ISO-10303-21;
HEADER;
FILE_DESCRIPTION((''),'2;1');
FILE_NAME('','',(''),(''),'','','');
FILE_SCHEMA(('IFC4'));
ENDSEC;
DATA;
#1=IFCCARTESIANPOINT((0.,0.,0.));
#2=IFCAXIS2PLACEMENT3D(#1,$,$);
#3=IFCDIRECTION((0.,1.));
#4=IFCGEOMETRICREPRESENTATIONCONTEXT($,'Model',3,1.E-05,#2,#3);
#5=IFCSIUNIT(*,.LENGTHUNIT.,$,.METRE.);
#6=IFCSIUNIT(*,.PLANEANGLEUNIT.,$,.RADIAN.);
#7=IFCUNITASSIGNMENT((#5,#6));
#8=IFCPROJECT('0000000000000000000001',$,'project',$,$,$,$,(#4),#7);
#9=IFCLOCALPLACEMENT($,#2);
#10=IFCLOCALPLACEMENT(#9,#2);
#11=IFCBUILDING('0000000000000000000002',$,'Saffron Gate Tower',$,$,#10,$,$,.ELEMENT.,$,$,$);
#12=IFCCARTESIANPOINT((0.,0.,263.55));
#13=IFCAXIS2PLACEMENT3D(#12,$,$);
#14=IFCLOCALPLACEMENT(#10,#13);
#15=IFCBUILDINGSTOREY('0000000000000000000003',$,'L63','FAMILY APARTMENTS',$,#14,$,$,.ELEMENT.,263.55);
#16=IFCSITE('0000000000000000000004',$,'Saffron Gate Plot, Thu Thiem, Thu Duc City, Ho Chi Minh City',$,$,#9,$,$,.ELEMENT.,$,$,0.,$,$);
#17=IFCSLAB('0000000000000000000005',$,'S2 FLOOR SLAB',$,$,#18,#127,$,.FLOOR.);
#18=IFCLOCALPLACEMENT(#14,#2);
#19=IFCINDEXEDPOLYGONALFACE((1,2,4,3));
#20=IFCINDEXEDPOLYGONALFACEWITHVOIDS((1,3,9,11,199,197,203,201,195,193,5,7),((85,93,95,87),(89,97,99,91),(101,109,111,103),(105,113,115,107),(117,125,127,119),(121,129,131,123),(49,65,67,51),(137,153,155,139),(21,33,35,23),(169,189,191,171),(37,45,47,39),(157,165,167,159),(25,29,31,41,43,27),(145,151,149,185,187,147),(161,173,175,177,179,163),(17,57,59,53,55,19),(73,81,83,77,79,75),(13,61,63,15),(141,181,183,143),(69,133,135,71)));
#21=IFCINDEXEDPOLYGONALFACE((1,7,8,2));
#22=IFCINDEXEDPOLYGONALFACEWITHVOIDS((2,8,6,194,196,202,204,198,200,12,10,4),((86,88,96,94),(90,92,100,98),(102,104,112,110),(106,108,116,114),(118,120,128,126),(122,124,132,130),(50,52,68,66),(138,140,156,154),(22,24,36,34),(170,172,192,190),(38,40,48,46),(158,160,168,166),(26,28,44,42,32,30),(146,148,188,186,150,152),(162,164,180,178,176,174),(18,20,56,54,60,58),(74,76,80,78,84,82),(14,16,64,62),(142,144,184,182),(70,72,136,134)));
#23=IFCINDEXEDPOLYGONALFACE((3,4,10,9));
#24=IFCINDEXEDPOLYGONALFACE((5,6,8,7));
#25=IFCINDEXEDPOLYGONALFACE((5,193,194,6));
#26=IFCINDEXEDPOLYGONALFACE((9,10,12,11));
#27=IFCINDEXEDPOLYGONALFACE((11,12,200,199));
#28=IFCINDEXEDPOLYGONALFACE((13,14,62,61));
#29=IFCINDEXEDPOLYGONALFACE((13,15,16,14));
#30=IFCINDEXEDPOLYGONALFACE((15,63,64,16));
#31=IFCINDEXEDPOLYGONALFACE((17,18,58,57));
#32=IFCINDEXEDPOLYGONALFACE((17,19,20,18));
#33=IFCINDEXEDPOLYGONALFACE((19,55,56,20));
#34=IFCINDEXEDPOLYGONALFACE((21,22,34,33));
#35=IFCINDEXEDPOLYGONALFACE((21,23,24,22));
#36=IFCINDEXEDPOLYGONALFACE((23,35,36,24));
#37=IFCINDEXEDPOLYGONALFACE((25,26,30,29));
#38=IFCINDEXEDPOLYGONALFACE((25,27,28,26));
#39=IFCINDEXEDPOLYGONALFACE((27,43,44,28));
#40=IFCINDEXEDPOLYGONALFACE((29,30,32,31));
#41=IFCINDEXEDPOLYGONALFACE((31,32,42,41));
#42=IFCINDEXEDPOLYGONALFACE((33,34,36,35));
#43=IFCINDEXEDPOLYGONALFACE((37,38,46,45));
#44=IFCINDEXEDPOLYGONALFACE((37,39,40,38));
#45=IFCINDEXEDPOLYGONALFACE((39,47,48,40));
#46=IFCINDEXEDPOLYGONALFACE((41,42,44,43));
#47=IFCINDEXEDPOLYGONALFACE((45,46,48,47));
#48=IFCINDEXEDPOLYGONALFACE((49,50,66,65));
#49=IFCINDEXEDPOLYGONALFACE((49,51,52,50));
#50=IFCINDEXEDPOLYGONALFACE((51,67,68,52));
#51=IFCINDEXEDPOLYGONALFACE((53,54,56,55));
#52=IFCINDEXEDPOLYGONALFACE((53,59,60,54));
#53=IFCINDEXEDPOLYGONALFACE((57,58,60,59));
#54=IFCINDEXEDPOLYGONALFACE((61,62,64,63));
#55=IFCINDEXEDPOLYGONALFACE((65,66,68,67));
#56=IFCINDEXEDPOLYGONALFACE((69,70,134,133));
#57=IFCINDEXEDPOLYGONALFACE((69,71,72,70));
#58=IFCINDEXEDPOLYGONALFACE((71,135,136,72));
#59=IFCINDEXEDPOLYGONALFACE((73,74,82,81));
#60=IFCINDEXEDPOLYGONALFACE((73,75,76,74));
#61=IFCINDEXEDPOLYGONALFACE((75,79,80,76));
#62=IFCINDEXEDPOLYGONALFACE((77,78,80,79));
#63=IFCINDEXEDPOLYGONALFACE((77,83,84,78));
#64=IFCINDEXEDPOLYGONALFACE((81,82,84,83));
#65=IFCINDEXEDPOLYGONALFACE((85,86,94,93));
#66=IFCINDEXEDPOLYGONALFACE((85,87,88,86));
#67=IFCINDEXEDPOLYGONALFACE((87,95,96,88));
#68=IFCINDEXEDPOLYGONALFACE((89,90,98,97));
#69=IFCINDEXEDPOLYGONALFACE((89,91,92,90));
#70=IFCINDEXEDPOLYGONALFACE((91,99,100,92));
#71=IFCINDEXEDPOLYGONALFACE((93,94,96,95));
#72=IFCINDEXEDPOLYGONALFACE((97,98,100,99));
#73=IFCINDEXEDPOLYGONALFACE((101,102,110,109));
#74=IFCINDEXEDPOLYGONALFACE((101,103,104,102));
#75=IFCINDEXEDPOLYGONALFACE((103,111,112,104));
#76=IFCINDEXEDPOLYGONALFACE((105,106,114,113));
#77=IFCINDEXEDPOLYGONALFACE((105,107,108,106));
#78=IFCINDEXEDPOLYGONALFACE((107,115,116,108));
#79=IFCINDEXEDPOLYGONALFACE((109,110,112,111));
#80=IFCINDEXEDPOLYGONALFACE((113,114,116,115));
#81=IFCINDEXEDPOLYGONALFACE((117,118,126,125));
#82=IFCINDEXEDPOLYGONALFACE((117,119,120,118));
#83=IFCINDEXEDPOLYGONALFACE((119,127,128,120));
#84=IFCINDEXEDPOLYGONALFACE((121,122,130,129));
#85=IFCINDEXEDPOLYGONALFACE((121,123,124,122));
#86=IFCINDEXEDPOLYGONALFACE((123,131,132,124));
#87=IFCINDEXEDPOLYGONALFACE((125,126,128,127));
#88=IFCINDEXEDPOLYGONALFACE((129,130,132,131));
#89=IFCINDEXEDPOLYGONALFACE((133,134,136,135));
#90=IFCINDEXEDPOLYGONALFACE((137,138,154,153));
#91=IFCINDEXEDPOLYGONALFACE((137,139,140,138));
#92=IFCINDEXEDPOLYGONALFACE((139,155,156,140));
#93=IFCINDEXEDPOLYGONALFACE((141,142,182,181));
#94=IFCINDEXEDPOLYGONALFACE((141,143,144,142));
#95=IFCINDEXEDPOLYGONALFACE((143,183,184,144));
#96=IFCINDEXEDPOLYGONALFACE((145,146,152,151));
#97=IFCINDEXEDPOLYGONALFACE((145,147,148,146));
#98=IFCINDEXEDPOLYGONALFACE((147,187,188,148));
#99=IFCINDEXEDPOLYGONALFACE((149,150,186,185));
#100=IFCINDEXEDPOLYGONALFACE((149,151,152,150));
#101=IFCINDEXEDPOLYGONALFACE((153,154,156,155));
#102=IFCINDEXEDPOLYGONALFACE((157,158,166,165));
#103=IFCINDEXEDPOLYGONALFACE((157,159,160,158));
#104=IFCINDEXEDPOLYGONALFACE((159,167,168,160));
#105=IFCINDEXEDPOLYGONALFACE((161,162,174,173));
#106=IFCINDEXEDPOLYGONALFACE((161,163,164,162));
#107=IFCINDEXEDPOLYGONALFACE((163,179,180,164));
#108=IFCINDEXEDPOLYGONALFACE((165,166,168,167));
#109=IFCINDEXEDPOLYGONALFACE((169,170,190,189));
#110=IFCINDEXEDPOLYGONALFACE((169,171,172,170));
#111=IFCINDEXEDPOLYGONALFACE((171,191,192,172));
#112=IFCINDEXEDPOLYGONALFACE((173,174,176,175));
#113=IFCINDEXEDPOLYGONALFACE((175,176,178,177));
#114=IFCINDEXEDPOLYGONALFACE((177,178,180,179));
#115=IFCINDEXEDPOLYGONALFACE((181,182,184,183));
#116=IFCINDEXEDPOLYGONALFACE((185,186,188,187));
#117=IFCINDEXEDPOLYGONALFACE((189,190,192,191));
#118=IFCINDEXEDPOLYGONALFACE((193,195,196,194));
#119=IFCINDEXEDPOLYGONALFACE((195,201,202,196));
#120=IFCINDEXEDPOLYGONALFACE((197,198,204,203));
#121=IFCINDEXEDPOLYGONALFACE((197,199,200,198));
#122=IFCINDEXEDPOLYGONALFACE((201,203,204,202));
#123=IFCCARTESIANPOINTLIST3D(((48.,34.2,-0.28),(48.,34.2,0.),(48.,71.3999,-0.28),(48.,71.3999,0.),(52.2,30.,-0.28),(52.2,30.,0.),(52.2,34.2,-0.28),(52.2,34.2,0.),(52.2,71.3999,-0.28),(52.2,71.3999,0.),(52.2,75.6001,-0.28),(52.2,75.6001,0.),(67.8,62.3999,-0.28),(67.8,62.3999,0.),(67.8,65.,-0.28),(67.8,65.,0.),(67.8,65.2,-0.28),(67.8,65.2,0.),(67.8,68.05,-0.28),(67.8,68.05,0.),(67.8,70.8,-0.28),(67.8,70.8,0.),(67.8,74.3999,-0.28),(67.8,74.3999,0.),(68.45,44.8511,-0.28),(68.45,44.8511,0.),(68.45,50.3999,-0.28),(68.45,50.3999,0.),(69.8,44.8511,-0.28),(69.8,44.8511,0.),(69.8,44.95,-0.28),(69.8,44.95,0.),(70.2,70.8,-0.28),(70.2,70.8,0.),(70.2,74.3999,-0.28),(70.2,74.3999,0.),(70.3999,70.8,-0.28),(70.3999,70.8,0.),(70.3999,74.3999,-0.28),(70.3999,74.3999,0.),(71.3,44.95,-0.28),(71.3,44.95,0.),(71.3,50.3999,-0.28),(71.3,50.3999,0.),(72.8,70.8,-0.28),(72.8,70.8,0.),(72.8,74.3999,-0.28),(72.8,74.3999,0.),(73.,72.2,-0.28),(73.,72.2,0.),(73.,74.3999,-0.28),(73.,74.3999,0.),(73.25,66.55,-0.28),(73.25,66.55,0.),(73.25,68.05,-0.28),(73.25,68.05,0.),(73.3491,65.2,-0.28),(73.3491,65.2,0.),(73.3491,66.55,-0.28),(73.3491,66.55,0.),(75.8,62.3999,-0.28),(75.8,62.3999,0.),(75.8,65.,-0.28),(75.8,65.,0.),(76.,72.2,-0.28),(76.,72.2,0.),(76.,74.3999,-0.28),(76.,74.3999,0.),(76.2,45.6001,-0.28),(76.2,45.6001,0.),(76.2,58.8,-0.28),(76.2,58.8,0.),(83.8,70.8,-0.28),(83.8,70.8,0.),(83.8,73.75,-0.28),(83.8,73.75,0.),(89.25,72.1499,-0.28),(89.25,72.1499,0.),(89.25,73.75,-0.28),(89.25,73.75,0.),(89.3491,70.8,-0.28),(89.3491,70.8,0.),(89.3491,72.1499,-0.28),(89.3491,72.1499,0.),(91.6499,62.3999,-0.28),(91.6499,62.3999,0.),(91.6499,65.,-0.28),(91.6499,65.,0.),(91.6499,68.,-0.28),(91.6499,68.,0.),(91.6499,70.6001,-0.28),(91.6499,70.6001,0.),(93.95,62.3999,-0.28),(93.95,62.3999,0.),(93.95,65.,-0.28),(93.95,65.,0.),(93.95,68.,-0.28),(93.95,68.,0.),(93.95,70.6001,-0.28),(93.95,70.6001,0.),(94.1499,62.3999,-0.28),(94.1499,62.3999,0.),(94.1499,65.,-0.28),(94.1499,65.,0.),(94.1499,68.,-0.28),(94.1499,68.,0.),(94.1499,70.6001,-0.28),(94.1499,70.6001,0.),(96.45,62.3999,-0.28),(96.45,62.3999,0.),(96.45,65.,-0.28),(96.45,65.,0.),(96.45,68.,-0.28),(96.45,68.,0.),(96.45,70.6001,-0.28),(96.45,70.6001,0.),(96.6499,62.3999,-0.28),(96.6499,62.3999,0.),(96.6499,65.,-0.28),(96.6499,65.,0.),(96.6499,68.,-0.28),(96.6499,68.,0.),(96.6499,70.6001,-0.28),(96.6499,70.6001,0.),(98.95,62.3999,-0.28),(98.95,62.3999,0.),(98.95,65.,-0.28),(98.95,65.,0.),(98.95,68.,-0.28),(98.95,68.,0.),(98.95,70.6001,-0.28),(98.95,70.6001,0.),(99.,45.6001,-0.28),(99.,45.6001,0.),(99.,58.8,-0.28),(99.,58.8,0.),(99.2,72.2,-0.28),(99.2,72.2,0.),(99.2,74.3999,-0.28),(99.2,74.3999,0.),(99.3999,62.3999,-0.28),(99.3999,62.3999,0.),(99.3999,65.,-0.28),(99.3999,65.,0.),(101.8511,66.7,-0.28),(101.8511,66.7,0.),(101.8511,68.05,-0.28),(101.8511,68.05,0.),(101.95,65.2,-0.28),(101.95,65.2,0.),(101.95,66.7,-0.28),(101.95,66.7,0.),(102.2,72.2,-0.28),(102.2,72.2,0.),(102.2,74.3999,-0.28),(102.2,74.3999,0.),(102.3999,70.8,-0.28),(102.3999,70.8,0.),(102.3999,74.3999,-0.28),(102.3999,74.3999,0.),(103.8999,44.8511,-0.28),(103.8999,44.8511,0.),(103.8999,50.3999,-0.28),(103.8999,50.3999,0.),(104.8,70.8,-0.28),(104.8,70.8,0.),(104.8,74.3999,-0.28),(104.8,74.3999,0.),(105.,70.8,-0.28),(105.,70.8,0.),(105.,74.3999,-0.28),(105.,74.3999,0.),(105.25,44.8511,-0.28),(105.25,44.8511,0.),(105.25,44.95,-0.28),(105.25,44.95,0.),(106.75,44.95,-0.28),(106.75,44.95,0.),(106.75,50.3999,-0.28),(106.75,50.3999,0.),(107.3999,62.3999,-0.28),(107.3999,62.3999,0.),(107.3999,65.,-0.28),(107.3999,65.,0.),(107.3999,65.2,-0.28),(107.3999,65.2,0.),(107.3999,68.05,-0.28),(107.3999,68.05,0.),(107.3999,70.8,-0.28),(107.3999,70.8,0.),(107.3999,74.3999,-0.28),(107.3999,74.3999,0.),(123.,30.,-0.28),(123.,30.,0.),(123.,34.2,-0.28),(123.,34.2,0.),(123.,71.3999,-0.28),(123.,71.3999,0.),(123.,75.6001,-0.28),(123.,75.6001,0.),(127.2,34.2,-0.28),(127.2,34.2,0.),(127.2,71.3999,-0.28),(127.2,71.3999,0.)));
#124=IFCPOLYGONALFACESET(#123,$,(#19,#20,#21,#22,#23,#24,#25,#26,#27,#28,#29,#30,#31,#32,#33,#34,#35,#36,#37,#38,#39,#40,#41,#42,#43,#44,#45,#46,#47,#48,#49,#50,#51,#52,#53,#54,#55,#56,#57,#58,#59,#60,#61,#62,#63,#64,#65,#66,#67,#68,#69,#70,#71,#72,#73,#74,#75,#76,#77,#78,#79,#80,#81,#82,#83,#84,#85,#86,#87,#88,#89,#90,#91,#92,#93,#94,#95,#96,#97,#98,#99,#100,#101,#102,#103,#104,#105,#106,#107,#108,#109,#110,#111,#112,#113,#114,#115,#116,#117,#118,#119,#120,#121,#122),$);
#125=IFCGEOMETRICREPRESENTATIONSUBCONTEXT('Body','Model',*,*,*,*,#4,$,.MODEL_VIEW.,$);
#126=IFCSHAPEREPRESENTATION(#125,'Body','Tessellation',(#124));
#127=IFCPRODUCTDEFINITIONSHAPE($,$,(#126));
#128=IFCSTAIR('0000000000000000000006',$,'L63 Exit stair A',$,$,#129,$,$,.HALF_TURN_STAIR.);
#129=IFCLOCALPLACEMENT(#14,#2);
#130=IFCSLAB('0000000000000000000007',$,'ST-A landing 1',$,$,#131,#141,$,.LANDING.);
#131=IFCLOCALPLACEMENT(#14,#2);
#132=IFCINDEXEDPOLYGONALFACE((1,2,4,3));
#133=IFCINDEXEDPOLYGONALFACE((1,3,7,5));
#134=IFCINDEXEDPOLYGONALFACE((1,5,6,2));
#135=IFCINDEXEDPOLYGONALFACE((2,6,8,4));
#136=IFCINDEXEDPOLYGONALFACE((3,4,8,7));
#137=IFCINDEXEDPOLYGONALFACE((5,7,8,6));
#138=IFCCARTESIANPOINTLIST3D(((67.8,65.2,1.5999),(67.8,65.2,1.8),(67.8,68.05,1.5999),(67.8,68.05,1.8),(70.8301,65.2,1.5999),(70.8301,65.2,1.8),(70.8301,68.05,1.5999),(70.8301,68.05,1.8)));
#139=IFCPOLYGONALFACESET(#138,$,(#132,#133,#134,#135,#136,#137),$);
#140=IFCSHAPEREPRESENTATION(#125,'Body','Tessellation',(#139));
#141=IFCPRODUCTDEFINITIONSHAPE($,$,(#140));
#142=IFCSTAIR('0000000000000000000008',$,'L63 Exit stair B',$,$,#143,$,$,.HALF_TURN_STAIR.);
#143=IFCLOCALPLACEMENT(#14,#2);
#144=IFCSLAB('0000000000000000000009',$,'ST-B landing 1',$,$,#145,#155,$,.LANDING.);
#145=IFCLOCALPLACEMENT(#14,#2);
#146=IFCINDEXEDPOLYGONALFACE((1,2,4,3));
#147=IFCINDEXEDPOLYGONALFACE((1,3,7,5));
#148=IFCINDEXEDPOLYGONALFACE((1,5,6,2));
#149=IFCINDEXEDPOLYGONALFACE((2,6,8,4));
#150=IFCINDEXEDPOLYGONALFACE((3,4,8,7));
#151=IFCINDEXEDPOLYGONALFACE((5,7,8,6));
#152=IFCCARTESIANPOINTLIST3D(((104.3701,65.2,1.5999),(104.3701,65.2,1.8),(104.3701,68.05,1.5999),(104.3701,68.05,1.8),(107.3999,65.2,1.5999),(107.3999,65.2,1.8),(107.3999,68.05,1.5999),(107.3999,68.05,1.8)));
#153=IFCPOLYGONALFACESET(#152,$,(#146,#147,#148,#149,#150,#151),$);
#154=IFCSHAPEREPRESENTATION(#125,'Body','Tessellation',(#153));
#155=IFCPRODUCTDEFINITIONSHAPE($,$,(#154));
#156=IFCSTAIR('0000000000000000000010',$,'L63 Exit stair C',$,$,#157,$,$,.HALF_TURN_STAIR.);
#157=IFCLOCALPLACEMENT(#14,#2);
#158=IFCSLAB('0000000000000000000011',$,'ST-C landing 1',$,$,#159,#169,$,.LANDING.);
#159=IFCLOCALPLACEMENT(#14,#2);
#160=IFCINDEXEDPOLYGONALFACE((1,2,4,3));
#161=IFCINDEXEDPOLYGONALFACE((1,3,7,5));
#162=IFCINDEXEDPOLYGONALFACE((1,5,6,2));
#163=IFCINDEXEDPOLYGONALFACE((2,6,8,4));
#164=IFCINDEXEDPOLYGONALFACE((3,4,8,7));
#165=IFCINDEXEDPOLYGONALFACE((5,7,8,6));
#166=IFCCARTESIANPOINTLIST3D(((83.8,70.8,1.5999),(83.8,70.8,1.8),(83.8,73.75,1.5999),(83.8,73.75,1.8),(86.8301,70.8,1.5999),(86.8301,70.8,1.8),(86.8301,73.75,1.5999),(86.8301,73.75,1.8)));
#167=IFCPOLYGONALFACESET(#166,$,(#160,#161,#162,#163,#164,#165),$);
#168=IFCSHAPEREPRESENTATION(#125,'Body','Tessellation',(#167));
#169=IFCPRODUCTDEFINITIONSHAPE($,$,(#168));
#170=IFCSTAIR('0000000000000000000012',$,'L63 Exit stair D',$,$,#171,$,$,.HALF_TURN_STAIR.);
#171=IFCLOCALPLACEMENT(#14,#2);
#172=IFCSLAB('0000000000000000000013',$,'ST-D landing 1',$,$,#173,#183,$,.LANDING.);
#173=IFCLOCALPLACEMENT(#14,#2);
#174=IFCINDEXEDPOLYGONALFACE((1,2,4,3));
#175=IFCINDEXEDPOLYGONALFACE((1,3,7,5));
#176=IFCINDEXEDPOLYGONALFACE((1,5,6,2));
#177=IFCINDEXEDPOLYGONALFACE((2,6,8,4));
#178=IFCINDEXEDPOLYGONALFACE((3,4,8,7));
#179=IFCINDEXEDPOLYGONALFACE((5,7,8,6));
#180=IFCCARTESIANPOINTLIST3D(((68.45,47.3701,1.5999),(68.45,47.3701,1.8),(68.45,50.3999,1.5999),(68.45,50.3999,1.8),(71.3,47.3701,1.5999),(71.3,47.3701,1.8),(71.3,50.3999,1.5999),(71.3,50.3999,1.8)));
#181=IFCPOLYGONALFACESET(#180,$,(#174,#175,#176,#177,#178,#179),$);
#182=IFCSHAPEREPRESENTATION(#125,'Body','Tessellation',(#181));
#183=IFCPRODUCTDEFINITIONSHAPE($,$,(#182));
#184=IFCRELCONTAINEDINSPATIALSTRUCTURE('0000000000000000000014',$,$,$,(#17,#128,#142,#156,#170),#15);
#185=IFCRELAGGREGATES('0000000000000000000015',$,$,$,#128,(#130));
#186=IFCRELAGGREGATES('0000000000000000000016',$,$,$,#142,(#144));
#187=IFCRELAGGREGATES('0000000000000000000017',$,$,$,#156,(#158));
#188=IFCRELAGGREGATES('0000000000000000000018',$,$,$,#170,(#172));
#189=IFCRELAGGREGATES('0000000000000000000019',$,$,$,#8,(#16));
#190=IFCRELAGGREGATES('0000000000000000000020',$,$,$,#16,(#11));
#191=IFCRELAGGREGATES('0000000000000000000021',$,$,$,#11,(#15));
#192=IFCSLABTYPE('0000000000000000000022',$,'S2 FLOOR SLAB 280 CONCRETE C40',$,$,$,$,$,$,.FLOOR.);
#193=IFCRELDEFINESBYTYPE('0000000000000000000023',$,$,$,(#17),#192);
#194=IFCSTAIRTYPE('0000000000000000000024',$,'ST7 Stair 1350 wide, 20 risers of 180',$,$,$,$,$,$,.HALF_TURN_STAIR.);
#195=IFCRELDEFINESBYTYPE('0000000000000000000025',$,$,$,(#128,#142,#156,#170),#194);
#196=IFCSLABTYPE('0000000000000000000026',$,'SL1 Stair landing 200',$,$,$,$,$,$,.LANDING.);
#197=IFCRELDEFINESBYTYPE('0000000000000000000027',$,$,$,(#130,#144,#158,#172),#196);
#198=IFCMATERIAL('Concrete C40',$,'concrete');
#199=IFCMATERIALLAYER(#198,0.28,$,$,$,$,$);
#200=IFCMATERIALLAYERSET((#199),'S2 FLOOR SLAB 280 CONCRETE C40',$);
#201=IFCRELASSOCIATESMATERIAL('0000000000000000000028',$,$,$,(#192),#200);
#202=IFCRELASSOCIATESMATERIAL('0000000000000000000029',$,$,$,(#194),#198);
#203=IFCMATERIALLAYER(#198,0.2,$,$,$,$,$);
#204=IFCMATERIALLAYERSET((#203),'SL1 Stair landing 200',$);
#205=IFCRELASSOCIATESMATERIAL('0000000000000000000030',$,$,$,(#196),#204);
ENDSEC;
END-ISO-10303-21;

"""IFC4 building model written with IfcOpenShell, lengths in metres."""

from ifc_helpers import new_model, si_unit, direction, frame, origin, place, context, subcontext, project, spatial, polyline, outline, extrude, material, layer, layer_set, type_object, element, aggregate, save


model = new_model("IFC4")

# Units and contexts
model_context = context("Model", 3, precision=1e-05, world=origin(), true_north=direction((0.0, 1.0)))
body_context = subcontext(model_context, "Body", "Model", "MODEL_VIEW")
ifc_project = project(units=[si_unit("LENGTHUNIT", "METRE"), si_unit("PLANEANGLEUNIT", "RADIAN")], contexts=[model_context])

# Site, building, storey
site_placement = place(None, origin())
site = spatial("IfcSite", under=ifc_project, at=site_placement, Name="Saffron Gate Plot, Thu Thiem, Thu Duc City, Ho Chi Minh City", CompositionType="ELEMENT", RefElevation=0.0)
building_placement = place(site_placement, origin())
building = spatial("IfcBuilding", under=site, at=building_placement, Name="Saffron Gate Tower", CompositionType="ELEMENT")
storey_placement = place(building_placement, frame((0.0, 0.0, 263.55)))
storey = spatial("IfcBuildingStorey", under=building, at=storey_placement, Name="L63", Description="FAMILY APARTMENTS", CompositionType="ELEMENT", Elevation=263.55)

# Slab
ifc_material_1 = material(Name="Concrete C40", Category="concrete")
ifc_layer_1 = layer(ifc_material_1, 0.28)
ifc_layer_set_1 = layer_set([ifc_layer_1], Name="S2 FLOOR SLAB 280 CONCRETE C40")
slab_type_1 = type_object("IfcSlabType", Name="S2 FLOOR SLAB 280 CONCRETE C40", PredefinedType="FLOOR", material=ifc_layer_set_1)
slab_1_placement = place(storey_placement, frame((0.0, 0.0, -0.28)))
element("IfcSlab", 1, at=slab_1_placement, inside=storey, type_object=slab_type_1, Name="S2 FLOOR SLAB", PredefinedType="FLOOR", context=body_context, shape_type="SweptSolid", body=[
    extrude(outline(polyline([(48.0, 34.2), (52.2, 34.2), (52.2, 30.0), (123.0, 30.0), (123.0, 34.2), (127.2, 34.2), (127.2, 71.3999), (123.0, 71.3999), (123.0, 75.6001), (52.2, 75.6001), (52.2, 71.3999), (48.0, 71.3999), (48.0, 34.2)]), holes=[polyline([(67.8, 62.3999), (67.8, 65.0), (75.8, 65.0), (75.8, 62.3999), (67.8, 62.3999)]), polyline([(67.8, 65.2), (67.8, 68.05), (73.25, 68.05), (73.25, 66.55), (73.3491, 66.55), (73.3491, 65.2), (67.8, 65.2)]), polyline([(67.8, 70.8), (67.8, 74.3999), (70.2, 74.3999), (70.2, 70.8), (67.8, 70.8)]), polyline([(68.45, 44.8511), (68.45, 50.3999), (71.3, 50.3999), (71.3, 44.95), (69.8, 44.95), (69.8, 44.8511), (68.45, 44.8511)]), polyline([(70.3999, 70.8), (70.3999, 74.3999), (72.8, 74.3999), (72.8, 70.8), (70.3999, 70.8)]), polyline([(73.0, 72.2), (73.0, 74.3999), (76.0, 74.3999), (76.0, 72.2), (73.0, 72.2)]), polyline([(76.2, 45.6001), (76.2, 58.8), (99.0, 58.8), (99.0, 45.6001), (76.2, 45.6001)]), polyline([(83.8, 70.8), (83.8, 73.75), (89.25, 73.75), (89.25, 72.1499), (89.3491, 72.1499), (89.3491, 70.8), (83.8, 70.8)]), polyline([(91.6499, 62.3999), (91.6499, 65.0), (93.95, 65.0), (93.95, 62.3999), (91.6499, 62.3999)]), polyline([(91.6499, 68.0), (91.6499, 70.6001), (93.95, 70.6001), (93.95, 68.0), (91.6499, 68.0)]), polyline([(94.1499, 62.3999), (94.1499, 65.0), (96.45, 65.0), (96.45, 62.3999), (94.1499, 62.3999)]), polyline([(94.1499, 68.0), (94.1499, 70.6001), (96.45, 70.6001), (96.45, 68.0), (94.1499, 68.0)]), polyline([(96.6499, 62.3999), (96.6499, 65.0), (98.95, 65.0), (98.95, 62.3999), (96.6499, 62.3999)]), polyline([(96.6499, 68.0), (96.6499, 70.6001), (98.95, 70.6001), (98.95, 68.0), (96.6499, 68.0)]), polyline([(99.2, 72.2), (99.2, 74.3999), (102.2, 74.3999), (102.2, 72.2), (99.2, 72.2)]), polyline([(99.3999, 62.3999), (99.3999, 65.0), (107.3999, 65.0), (107.3999, 62.3999), (99.3999, 62.3999)]), polyline([(101.8511, 66.7), (101.8511, 68.05), (107.3999, 68.05), (107.3999, 65.2), (101.95, 65.2), (101.95, 66.7), (101.8511, 66.7)]), polyline([(102.3999, 70.8), (102.3999, 74.3999), (104.8, 74.3999), (104.8, 70.8), (102.3999, 70.8)]), polyline([(103.8999, 44.8511), (103.8999, 50.3999), (106.75, 50.3999), (106.75, 44.95), (105.25, 44.95), (105.25, 44.8511), (103.8999, 44.8511)]), polyline([(105.0, 70.8), (105.0, 74.3999), (107.3999, 74.3999), (107.3999, 70.8), (105.0, 70.8)])]), origin(), (0.0, 0.0, 1.0), 0.28),
])

# Stairs, slabs
stair_type = type_object("IfcStairType", Name="ST7 Stair 1350 wide, 20 risers of 180", PredefinedType="HALF_TURN_STAIR", material=ifc_material_1)
stair_1_placement = place(storey_placement, origin())
stair_1 = element("IfcStair", 2, at=stair_1_placement, inside=storey, type_object=stair_type, Name="L63 Exit stair A", PredefinedType="HALF_TURN_STAIR")
ifc_layer_2 = layer(ifc_material_1, 0.2)
ifc_layer_set_2 = layer_set([ifc_layer_2], Name="SL1 Stair landing 200")
slab_type_2 = type_object("IfcSlabType", Name="SL1 Stair landing 200", PredefinedType="LANDING", material=ifc_layer_set_2)
slab_2_placement = place(storey_placement, frame((0.0, 0.0, 1.5999)))
slab_2 = element("IfcSlab", 3, at=slab_2_placement, type_object=slab_type_2, Name="ST-A landing 1", PredefinedType="LANDING", context=body_context, shape_type="SweptSolid", body=[
    extrude(outline(polyline([(70.8301, 68.05), (67.8, 68.05), (67.8, 65.2), (70.8301, 65.2), (70.8301, 68.05)])), origin(), (0.0, 0.0, 1.0), 0.2002),
])
aggregate(stair_1, [slab_2])
stair_2_placement = place(storey_placement, origin())
stair_2 = element("IfcStair", 4, at=stair_2_placement, inside=storey, type_object=stair_type, Name="L63 Exit stair B", PredefinedType="HALF_TURN_STAIR")
slab_3_placement = place(storey_placement, frame((0.0, 0.0, 1.5999)))
slab_3 = element("IfcSlab", 5, at=slab_3_placement, type_object=slab_type_2, Name="ST-B landing 1", PredefinedType="LANDING", context=body_context, shape_type="SweptSolid", body=[
    extrude(outline(polyline([(104.3701, 65.2), (107.3999, 65.2), (107.3999, 68.05), (104.3701, 68.05), (104.3701, 65.2)])), origin(), (0.0, 0.0, 1.0), 0.2002),
])
aggregate(stair_2, [slab_3])
stair_3_placement = place(storey_placement, origin())
stair_3 = element("IfcStair", 6, at=stair_3_placement, inside=storey, type_object=stair_type, Name="L63 Exit stair C", PredefinedType="HALF_TURN_STAIR")
slab_4_placement = place(storey_placement, frame((0.0, 0.0, 1.5999)))
slab_4 = element("IfcSlab", 7, at=slab_4_placement, type_object=slab_type_2, Name="ST-C landing 1", PredefinedType="LANDING", context=body_context, shape_type="SweptSolid", body=[
    extrude(outline(polyline([(86.8301, 73.75), (83.8, 73.75), (83.8, 70.8), (86.8301, 70.8), (86.8301, 73.75)])), origin(), (0.0, 0.0, 1.0), 0.2002),
])
aggregate(stair_3, [slab_4])
stair_4_placement = place(storey_placement, origin())
stair_4 = element("IfcStair", 8, at=stair_4_placement, inside=storey, type_object=stair_type, Name="L63 Exit stair D", PredefinedType="HALF_TURN_STAIR")
slab_5_placement = place(storey_placement, frame((0.0, 0.0, 1.5999)))
slab_5 = element("IfcSlab", 9, at=slab_5_placement, type_object=slab_type_2, Name="ST-D landing 1", PredefinedType="LANDING", context=body_context, shape_type="SweptSolid", body=[
    extrude(outline(polyline([(71.3, 47.3701), (71.3, 50.3999), (68.45, 50.3999), (68.45, 47.3701), (71.3, 47.3701)])), origin(), (0.0, 0.0, 1.0), 0.2002),
])
aggregate(stair_4, [slab_5])

save(model, "model.ifc")
